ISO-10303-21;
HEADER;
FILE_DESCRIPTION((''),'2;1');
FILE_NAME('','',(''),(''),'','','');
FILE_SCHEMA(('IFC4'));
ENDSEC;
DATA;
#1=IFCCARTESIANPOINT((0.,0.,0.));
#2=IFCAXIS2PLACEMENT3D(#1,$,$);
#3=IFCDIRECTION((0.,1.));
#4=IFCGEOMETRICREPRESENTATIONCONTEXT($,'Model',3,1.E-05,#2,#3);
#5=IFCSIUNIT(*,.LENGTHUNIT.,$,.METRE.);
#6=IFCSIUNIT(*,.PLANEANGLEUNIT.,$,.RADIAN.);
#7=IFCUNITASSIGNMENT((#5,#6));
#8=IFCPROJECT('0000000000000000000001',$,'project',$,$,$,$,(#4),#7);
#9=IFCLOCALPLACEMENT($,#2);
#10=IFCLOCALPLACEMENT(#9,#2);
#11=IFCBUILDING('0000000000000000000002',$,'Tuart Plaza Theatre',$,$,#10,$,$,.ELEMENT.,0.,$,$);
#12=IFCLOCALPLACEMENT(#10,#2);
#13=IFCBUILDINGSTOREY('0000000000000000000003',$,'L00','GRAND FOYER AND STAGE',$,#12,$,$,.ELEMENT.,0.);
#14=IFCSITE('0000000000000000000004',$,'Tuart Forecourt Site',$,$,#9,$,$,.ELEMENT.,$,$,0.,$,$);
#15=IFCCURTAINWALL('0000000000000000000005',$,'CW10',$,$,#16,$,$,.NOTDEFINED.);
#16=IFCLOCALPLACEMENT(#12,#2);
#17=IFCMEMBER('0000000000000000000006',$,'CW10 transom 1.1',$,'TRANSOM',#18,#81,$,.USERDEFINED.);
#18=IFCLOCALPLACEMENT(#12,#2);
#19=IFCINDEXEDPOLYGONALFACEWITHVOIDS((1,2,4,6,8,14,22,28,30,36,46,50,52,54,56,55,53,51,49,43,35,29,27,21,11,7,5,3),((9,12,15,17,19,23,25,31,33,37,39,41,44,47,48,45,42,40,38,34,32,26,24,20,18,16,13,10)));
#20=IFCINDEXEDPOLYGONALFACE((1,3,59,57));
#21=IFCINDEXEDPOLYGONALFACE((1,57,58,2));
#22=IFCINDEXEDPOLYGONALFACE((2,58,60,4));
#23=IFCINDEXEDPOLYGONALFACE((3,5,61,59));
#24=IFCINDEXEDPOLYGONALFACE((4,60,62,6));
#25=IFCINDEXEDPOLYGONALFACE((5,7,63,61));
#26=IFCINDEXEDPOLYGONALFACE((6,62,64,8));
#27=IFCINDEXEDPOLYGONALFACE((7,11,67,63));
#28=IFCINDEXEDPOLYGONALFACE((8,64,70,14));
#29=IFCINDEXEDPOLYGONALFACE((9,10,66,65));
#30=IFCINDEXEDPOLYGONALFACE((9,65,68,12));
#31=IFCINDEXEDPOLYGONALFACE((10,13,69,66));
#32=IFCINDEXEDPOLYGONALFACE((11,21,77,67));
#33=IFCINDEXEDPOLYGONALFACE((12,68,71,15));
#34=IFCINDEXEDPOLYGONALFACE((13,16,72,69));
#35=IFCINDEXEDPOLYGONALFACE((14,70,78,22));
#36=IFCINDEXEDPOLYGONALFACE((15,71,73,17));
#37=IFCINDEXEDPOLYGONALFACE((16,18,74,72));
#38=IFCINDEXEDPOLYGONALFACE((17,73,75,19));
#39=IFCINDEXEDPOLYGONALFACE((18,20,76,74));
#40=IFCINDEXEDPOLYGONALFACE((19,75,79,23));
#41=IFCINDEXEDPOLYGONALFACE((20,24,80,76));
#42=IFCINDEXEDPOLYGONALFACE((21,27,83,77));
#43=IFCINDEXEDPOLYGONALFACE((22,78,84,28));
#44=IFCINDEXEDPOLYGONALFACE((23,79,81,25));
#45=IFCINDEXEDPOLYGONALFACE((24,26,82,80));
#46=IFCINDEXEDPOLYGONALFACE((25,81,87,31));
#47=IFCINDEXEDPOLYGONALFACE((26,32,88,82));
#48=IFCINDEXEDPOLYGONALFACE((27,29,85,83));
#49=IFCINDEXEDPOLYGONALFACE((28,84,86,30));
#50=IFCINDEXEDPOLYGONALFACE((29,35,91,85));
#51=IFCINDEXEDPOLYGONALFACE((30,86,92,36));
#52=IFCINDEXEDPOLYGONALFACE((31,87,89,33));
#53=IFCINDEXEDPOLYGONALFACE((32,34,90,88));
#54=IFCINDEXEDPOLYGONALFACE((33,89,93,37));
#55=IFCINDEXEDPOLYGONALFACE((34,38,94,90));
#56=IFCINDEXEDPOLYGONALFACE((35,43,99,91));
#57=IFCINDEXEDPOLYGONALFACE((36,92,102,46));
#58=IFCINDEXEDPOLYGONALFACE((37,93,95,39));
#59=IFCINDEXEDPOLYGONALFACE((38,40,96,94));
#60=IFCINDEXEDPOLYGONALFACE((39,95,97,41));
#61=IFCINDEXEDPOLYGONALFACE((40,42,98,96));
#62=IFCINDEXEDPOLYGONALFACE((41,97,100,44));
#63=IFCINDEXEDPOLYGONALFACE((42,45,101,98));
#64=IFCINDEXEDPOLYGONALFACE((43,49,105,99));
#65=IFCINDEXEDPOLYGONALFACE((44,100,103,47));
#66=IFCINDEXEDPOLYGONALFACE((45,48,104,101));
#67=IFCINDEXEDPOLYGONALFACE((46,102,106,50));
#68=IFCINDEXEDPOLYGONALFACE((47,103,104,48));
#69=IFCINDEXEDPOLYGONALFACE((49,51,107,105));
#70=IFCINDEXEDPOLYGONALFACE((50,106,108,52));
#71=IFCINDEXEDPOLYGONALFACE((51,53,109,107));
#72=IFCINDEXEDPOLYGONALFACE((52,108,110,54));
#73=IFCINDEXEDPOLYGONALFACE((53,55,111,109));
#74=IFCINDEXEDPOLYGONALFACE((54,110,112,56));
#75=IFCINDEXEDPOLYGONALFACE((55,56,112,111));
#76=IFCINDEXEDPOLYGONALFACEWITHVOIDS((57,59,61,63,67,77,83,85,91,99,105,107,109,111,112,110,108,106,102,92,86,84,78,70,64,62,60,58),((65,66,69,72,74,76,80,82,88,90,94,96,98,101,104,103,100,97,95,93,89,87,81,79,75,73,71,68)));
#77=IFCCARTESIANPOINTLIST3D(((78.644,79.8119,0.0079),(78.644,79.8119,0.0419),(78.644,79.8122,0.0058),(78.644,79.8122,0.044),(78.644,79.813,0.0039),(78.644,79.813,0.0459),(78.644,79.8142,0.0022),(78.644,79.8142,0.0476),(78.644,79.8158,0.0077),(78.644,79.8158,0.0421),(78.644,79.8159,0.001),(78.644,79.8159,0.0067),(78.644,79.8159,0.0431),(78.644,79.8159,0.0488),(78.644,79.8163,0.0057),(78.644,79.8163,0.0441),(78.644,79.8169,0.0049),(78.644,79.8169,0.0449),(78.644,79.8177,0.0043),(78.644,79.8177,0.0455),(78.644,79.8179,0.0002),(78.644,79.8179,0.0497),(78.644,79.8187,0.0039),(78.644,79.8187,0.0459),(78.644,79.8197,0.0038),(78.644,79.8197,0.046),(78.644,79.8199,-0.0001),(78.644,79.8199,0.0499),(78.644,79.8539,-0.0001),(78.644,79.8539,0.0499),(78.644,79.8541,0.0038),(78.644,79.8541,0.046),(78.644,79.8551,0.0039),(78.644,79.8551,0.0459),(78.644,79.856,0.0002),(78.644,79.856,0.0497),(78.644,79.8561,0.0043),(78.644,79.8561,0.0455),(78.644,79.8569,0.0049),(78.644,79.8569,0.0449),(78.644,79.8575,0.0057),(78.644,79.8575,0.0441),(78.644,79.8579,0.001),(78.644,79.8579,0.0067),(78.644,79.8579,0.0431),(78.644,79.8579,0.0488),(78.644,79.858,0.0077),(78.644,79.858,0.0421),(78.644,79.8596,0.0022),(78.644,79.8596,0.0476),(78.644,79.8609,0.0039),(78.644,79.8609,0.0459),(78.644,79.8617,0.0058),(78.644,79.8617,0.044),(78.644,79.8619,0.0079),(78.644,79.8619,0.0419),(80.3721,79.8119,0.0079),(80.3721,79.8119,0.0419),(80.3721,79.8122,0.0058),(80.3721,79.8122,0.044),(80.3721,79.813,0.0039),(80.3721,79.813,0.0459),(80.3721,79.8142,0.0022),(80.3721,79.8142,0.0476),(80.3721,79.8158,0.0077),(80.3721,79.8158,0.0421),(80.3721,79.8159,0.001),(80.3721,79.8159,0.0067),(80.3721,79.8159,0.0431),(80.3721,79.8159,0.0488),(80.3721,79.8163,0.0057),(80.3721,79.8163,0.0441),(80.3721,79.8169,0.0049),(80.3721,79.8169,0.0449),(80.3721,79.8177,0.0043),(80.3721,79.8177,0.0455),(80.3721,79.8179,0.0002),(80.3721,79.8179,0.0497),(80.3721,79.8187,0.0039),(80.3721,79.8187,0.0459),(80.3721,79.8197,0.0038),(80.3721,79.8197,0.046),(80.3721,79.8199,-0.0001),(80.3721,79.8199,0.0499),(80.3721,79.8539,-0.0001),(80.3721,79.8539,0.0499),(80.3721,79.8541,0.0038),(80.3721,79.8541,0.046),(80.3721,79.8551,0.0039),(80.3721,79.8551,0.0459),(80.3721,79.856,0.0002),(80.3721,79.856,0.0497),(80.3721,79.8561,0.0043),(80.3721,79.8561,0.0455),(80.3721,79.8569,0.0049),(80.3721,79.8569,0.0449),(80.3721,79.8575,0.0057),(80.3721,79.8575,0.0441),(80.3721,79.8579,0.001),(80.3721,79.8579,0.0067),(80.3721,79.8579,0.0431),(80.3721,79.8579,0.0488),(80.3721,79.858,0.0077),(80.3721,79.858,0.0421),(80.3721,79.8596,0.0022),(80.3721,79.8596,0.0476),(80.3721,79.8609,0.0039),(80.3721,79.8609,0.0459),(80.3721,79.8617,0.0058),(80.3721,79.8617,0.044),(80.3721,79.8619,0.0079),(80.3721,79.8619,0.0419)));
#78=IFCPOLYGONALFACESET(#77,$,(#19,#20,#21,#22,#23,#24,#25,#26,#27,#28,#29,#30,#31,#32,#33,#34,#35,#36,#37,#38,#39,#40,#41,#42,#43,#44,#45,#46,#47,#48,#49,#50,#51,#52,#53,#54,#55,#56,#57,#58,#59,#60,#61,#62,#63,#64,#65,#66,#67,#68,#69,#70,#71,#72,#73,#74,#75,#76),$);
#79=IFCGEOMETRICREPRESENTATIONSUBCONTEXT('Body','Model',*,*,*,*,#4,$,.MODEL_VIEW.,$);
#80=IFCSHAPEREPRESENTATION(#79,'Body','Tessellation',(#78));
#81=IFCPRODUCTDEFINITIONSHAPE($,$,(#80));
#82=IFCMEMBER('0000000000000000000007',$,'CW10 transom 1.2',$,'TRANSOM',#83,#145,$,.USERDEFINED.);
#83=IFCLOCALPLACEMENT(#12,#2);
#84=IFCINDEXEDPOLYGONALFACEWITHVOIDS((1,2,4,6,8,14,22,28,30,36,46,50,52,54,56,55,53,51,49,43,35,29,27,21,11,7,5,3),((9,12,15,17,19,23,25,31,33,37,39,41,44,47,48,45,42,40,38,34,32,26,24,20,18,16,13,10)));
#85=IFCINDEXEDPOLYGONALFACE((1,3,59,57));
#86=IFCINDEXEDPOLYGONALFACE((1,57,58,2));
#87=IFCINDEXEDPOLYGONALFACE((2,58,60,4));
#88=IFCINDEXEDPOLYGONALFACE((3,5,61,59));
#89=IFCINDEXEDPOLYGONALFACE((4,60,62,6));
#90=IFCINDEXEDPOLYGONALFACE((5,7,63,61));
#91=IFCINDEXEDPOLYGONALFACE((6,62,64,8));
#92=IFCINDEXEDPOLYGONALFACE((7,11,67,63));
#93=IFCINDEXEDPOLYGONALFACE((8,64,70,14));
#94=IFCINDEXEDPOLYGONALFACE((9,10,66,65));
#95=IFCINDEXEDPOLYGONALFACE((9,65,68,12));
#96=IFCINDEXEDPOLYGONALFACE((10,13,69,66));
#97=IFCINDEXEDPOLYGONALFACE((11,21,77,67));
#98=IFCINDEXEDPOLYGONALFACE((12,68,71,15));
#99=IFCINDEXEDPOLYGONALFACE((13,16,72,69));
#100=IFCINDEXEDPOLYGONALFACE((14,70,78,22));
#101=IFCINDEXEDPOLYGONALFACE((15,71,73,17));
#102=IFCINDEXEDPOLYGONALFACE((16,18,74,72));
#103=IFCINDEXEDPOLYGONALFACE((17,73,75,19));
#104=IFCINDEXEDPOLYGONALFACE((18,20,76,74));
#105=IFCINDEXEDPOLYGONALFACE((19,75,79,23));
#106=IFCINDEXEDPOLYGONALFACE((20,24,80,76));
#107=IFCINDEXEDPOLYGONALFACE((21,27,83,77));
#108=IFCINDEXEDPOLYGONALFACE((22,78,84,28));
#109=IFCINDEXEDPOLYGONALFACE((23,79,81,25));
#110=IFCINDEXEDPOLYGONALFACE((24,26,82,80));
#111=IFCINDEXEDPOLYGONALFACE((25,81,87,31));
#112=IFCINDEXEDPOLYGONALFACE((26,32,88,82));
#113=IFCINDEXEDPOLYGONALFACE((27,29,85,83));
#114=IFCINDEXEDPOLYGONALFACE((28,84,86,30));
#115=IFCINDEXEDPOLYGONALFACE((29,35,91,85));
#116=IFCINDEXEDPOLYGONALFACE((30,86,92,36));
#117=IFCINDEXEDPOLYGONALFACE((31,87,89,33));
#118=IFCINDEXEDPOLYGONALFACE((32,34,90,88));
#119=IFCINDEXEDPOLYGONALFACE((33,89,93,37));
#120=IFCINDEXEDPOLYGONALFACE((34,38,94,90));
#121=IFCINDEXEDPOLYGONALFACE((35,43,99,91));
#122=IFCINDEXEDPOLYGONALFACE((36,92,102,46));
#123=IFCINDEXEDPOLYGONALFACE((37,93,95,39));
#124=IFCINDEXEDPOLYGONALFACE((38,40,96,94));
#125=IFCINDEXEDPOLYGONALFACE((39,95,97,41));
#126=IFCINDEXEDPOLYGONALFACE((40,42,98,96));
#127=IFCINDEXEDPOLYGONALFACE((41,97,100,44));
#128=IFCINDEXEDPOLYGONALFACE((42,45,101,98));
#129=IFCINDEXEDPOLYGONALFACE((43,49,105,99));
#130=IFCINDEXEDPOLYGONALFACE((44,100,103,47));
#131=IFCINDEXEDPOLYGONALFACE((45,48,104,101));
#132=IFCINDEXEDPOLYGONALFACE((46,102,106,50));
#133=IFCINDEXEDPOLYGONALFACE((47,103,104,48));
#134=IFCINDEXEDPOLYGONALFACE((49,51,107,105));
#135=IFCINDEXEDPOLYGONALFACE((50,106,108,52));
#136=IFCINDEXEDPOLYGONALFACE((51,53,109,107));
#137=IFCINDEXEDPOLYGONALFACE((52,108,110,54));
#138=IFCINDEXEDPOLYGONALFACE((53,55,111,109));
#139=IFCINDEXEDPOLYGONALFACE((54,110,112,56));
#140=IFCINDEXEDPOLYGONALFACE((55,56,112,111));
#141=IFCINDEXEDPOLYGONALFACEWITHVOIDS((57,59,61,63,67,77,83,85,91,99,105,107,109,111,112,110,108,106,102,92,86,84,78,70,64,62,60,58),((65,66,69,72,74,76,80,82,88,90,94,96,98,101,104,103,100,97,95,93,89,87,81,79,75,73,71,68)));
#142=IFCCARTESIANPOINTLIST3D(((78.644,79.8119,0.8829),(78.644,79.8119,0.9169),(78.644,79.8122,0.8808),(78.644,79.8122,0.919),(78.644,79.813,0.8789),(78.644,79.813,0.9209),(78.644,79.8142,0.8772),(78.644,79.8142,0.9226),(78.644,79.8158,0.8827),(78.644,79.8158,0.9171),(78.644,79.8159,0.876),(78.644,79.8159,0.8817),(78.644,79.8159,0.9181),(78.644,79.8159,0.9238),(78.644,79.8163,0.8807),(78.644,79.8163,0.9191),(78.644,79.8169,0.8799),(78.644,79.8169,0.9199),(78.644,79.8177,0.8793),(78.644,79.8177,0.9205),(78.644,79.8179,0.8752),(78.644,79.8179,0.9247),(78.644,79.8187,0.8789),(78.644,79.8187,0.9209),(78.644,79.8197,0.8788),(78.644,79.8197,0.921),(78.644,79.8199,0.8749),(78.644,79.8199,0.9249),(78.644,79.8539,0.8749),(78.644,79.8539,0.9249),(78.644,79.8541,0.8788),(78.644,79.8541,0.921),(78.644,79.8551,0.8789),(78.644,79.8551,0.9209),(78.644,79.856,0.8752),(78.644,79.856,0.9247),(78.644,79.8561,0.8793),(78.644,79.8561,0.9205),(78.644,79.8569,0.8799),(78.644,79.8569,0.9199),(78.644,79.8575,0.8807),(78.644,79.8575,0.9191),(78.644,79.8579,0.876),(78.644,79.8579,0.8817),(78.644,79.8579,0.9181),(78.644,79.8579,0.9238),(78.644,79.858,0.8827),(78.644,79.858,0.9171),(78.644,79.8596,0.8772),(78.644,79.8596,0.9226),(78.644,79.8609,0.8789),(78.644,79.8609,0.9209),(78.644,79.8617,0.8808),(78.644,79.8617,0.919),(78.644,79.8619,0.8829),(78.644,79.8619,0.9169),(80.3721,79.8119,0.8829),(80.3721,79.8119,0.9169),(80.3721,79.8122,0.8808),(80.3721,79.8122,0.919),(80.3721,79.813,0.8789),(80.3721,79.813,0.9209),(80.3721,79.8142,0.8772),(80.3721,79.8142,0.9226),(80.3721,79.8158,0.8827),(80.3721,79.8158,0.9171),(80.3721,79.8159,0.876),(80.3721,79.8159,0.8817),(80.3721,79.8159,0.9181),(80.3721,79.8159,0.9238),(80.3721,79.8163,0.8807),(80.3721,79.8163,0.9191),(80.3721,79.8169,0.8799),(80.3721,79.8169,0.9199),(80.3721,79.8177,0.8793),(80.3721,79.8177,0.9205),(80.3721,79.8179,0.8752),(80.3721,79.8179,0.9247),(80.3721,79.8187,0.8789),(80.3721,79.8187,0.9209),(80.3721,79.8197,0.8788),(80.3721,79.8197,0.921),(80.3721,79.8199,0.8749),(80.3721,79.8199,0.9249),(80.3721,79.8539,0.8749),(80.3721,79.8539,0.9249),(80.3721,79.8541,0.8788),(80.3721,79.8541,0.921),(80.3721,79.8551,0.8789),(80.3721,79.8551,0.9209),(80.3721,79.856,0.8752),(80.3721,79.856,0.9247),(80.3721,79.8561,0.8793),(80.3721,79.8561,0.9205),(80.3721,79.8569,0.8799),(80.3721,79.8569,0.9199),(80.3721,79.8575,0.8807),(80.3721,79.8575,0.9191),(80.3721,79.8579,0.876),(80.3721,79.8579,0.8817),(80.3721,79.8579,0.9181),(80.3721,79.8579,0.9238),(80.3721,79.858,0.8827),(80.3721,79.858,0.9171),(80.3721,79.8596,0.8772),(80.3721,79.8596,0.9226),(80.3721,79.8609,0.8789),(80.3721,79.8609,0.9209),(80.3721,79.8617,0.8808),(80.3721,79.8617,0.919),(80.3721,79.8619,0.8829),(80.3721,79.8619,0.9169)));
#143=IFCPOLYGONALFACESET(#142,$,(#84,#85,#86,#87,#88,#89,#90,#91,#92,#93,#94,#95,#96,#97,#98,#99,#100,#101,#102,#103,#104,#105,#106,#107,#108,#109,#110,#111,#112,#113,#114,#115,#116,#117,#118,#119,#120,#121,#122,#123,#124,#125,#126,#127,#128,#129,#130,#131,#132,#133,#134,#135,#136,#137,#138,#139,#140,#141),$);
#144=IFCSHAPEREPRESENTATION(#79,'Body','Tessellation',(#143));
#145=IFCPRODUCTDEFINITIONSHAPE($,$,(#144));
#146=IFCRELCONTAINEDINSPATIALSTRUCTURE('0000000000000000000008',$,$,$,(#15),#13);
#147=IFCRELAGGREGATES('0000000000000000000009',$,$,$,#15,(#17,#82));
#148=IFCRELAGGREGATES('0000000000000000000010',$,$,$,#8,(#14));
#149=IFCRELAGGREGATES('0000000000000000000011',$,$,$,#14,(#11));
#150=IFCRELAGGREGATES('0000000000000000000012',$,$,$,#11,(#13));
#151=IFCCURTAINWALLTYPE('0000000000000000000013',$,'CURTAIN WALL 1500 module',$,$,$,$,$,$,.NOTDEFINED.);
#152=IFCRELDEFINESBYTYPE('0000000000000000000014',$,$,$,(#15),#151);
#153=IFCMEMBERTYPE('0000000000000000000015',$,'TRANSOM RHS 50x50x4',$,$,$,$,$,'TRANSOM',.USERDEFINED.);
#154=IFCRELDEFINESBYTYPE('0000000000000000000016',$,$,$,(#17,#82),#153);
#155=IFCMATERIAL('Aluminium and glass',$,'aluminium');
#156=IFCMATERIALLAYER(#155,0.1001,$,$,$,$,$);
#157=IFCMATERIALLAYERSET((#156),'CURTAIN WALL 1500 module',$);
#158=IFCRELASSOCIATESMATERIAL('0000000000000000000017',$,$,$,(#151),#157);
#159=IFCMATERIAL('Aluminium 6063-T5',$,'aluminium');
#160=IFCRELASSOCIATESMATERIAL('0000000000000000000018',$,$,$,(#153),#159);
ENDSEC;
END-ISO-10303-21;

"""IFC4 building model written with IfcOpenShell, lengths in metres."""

from ifc_helpers import new_model, si_unit, direction, frame, origin, origin_2d, place, context, subcontext, project, spatial, hollow_rectangle, extrude, material, layer, layer_set, material_profile, profile_set, type_object, element, aggregate, save


model = new_model("IFC4")

# Units and contexts
model_context = context("Model", 3, precision=1e-05, world=origin(), true_north=direction((0.0, 1.0)))
body_context = subcontext(model_context, "Body", "Model", "MODEL_VIEW")
ifc_project = project(units=[si_unit("LENGTHUNIT", "METRE"), si_unit("PLANEANGLEUNIT", "RADIAN")], contexts=[model_context])

# Site, building, storey
site_placement = place(None, origin())
site = spatial("IfcSite", under=ifc_project, at=site_placement, Name="Tuart Forecourt Site", CompositionType="ELEMENT", RefElevation=0.0)
building_placement = place(site_placement, origin())
building = spatial("IfcBuilding", under=site, at=building_placement, Name="Tuart Plaza Theatre", CompositionType="ELEMENT", ElevationOfRefHeight=0.0)
storey_placement = place(building_placement, origin())
storey = spatial("IfcBuildingStorey", under=building, at=storey_placement, Name="L00", Description="GRAND FOYER AND STAGE", CompositionType="ELEMENT", Elevation=0.0)

# Curtain wall, members
ifc_material_1 = material(Name="Aluminium and glass", Category="aluminium")
ifc_layer_1 = layer(ifc_material_1, 0.1001)
ifc_layer_set_1 = layer_set([ifc_layer_1], Name="CURTAIN WALL 1500 module")
curtain_wall_type = type_object("IfcCurtainWallType", Name="CURTAIN WALL 1500 module", PredefinedType="NOTDEFINED", material=ifc_layer_set_1)
curtain_wall_placement = place(storey_placement, origin())
curtain_wall = element("IfcCurtainWall", 1, at=curtain_wall_placement, inside=storey, type_object=curtain_wall_type, Name="CW10", PredefinedType="NOTDEFINED")
ifc_material_2 = material(Name="Aluminium 6063-T5", Category="aluminium")
ifc_material_profile_1 = material_profile(ifc_material_2, hollow_rectangle(XDim=0.05, YDim=0.05, WallThickness=0.0039, InnerFilletRadius=0.0039, OuterFilletRadius=0.0081, at=origin_2d()), Name="RHS 50x50x4")
ifc_profile_set_1 = profile_set([ifc_material_profile_1], Name="Aluminium 6063-T5")
member_type_1 = type_object("IfcMemberType", Name="TRANSOM RHS 50x50x4", ElementType="TRANSOM", PredefinedType="USERDEFINED", material=ifc_profile_set_1)
member_1_placement = place(storey_placement, frame((78.644, 79.8369, 0.0249), z_axis=(1.0, 0.0, 0.0), x_axis=(0.0, 1.0, 0.0)))
member_1 = element("IfcMember", 2, at=member_1_placement, type_object=member_type_1, Name="CW10 transom 1.1", ObjectType="TRANSOM", PredefinedType="USERDEFINED", context=body_context, shape_type="SweptSolid", body=[
    extrude(hollow_rectangle(XDim=0.05, YDim=0.05, WallThickness=0.0039, InnerFilletRadius=0.0039, OuterFilletRadius=0.0081, at=origin_2d()), origin(), (0.0, 0.0, 1.0), 1.728),
])
member_2_placement = place(storey_placement, frame((78.644, 79.8369, 0.8999), z_axis=(1.0, 0.0, 0.0), x_axis=(0.0, 1.0, 0.0)))
member_2 = element("IfcMember", 3, at=member_2_placement, type_object=member_type_1, Name="CW10 transom 1.2", ObjectType="TRANSOM", PredefinedType="USERDEFINED", context=body_context, shape_type="SweptSolid", body=[
    extrude(hollow_rectangle(XDim=0.05, YDim=0.05, WallThickness=0.0039, InnerFilletRadius=0.0039, OuterFilletRadius=0.0081, at=origin_2d()), origin(), (0.0, 0.0, 1.0), 1.728),
])
aggregate(curtain_wall, [member_1, member_2])

save(model, "model.ifc")
